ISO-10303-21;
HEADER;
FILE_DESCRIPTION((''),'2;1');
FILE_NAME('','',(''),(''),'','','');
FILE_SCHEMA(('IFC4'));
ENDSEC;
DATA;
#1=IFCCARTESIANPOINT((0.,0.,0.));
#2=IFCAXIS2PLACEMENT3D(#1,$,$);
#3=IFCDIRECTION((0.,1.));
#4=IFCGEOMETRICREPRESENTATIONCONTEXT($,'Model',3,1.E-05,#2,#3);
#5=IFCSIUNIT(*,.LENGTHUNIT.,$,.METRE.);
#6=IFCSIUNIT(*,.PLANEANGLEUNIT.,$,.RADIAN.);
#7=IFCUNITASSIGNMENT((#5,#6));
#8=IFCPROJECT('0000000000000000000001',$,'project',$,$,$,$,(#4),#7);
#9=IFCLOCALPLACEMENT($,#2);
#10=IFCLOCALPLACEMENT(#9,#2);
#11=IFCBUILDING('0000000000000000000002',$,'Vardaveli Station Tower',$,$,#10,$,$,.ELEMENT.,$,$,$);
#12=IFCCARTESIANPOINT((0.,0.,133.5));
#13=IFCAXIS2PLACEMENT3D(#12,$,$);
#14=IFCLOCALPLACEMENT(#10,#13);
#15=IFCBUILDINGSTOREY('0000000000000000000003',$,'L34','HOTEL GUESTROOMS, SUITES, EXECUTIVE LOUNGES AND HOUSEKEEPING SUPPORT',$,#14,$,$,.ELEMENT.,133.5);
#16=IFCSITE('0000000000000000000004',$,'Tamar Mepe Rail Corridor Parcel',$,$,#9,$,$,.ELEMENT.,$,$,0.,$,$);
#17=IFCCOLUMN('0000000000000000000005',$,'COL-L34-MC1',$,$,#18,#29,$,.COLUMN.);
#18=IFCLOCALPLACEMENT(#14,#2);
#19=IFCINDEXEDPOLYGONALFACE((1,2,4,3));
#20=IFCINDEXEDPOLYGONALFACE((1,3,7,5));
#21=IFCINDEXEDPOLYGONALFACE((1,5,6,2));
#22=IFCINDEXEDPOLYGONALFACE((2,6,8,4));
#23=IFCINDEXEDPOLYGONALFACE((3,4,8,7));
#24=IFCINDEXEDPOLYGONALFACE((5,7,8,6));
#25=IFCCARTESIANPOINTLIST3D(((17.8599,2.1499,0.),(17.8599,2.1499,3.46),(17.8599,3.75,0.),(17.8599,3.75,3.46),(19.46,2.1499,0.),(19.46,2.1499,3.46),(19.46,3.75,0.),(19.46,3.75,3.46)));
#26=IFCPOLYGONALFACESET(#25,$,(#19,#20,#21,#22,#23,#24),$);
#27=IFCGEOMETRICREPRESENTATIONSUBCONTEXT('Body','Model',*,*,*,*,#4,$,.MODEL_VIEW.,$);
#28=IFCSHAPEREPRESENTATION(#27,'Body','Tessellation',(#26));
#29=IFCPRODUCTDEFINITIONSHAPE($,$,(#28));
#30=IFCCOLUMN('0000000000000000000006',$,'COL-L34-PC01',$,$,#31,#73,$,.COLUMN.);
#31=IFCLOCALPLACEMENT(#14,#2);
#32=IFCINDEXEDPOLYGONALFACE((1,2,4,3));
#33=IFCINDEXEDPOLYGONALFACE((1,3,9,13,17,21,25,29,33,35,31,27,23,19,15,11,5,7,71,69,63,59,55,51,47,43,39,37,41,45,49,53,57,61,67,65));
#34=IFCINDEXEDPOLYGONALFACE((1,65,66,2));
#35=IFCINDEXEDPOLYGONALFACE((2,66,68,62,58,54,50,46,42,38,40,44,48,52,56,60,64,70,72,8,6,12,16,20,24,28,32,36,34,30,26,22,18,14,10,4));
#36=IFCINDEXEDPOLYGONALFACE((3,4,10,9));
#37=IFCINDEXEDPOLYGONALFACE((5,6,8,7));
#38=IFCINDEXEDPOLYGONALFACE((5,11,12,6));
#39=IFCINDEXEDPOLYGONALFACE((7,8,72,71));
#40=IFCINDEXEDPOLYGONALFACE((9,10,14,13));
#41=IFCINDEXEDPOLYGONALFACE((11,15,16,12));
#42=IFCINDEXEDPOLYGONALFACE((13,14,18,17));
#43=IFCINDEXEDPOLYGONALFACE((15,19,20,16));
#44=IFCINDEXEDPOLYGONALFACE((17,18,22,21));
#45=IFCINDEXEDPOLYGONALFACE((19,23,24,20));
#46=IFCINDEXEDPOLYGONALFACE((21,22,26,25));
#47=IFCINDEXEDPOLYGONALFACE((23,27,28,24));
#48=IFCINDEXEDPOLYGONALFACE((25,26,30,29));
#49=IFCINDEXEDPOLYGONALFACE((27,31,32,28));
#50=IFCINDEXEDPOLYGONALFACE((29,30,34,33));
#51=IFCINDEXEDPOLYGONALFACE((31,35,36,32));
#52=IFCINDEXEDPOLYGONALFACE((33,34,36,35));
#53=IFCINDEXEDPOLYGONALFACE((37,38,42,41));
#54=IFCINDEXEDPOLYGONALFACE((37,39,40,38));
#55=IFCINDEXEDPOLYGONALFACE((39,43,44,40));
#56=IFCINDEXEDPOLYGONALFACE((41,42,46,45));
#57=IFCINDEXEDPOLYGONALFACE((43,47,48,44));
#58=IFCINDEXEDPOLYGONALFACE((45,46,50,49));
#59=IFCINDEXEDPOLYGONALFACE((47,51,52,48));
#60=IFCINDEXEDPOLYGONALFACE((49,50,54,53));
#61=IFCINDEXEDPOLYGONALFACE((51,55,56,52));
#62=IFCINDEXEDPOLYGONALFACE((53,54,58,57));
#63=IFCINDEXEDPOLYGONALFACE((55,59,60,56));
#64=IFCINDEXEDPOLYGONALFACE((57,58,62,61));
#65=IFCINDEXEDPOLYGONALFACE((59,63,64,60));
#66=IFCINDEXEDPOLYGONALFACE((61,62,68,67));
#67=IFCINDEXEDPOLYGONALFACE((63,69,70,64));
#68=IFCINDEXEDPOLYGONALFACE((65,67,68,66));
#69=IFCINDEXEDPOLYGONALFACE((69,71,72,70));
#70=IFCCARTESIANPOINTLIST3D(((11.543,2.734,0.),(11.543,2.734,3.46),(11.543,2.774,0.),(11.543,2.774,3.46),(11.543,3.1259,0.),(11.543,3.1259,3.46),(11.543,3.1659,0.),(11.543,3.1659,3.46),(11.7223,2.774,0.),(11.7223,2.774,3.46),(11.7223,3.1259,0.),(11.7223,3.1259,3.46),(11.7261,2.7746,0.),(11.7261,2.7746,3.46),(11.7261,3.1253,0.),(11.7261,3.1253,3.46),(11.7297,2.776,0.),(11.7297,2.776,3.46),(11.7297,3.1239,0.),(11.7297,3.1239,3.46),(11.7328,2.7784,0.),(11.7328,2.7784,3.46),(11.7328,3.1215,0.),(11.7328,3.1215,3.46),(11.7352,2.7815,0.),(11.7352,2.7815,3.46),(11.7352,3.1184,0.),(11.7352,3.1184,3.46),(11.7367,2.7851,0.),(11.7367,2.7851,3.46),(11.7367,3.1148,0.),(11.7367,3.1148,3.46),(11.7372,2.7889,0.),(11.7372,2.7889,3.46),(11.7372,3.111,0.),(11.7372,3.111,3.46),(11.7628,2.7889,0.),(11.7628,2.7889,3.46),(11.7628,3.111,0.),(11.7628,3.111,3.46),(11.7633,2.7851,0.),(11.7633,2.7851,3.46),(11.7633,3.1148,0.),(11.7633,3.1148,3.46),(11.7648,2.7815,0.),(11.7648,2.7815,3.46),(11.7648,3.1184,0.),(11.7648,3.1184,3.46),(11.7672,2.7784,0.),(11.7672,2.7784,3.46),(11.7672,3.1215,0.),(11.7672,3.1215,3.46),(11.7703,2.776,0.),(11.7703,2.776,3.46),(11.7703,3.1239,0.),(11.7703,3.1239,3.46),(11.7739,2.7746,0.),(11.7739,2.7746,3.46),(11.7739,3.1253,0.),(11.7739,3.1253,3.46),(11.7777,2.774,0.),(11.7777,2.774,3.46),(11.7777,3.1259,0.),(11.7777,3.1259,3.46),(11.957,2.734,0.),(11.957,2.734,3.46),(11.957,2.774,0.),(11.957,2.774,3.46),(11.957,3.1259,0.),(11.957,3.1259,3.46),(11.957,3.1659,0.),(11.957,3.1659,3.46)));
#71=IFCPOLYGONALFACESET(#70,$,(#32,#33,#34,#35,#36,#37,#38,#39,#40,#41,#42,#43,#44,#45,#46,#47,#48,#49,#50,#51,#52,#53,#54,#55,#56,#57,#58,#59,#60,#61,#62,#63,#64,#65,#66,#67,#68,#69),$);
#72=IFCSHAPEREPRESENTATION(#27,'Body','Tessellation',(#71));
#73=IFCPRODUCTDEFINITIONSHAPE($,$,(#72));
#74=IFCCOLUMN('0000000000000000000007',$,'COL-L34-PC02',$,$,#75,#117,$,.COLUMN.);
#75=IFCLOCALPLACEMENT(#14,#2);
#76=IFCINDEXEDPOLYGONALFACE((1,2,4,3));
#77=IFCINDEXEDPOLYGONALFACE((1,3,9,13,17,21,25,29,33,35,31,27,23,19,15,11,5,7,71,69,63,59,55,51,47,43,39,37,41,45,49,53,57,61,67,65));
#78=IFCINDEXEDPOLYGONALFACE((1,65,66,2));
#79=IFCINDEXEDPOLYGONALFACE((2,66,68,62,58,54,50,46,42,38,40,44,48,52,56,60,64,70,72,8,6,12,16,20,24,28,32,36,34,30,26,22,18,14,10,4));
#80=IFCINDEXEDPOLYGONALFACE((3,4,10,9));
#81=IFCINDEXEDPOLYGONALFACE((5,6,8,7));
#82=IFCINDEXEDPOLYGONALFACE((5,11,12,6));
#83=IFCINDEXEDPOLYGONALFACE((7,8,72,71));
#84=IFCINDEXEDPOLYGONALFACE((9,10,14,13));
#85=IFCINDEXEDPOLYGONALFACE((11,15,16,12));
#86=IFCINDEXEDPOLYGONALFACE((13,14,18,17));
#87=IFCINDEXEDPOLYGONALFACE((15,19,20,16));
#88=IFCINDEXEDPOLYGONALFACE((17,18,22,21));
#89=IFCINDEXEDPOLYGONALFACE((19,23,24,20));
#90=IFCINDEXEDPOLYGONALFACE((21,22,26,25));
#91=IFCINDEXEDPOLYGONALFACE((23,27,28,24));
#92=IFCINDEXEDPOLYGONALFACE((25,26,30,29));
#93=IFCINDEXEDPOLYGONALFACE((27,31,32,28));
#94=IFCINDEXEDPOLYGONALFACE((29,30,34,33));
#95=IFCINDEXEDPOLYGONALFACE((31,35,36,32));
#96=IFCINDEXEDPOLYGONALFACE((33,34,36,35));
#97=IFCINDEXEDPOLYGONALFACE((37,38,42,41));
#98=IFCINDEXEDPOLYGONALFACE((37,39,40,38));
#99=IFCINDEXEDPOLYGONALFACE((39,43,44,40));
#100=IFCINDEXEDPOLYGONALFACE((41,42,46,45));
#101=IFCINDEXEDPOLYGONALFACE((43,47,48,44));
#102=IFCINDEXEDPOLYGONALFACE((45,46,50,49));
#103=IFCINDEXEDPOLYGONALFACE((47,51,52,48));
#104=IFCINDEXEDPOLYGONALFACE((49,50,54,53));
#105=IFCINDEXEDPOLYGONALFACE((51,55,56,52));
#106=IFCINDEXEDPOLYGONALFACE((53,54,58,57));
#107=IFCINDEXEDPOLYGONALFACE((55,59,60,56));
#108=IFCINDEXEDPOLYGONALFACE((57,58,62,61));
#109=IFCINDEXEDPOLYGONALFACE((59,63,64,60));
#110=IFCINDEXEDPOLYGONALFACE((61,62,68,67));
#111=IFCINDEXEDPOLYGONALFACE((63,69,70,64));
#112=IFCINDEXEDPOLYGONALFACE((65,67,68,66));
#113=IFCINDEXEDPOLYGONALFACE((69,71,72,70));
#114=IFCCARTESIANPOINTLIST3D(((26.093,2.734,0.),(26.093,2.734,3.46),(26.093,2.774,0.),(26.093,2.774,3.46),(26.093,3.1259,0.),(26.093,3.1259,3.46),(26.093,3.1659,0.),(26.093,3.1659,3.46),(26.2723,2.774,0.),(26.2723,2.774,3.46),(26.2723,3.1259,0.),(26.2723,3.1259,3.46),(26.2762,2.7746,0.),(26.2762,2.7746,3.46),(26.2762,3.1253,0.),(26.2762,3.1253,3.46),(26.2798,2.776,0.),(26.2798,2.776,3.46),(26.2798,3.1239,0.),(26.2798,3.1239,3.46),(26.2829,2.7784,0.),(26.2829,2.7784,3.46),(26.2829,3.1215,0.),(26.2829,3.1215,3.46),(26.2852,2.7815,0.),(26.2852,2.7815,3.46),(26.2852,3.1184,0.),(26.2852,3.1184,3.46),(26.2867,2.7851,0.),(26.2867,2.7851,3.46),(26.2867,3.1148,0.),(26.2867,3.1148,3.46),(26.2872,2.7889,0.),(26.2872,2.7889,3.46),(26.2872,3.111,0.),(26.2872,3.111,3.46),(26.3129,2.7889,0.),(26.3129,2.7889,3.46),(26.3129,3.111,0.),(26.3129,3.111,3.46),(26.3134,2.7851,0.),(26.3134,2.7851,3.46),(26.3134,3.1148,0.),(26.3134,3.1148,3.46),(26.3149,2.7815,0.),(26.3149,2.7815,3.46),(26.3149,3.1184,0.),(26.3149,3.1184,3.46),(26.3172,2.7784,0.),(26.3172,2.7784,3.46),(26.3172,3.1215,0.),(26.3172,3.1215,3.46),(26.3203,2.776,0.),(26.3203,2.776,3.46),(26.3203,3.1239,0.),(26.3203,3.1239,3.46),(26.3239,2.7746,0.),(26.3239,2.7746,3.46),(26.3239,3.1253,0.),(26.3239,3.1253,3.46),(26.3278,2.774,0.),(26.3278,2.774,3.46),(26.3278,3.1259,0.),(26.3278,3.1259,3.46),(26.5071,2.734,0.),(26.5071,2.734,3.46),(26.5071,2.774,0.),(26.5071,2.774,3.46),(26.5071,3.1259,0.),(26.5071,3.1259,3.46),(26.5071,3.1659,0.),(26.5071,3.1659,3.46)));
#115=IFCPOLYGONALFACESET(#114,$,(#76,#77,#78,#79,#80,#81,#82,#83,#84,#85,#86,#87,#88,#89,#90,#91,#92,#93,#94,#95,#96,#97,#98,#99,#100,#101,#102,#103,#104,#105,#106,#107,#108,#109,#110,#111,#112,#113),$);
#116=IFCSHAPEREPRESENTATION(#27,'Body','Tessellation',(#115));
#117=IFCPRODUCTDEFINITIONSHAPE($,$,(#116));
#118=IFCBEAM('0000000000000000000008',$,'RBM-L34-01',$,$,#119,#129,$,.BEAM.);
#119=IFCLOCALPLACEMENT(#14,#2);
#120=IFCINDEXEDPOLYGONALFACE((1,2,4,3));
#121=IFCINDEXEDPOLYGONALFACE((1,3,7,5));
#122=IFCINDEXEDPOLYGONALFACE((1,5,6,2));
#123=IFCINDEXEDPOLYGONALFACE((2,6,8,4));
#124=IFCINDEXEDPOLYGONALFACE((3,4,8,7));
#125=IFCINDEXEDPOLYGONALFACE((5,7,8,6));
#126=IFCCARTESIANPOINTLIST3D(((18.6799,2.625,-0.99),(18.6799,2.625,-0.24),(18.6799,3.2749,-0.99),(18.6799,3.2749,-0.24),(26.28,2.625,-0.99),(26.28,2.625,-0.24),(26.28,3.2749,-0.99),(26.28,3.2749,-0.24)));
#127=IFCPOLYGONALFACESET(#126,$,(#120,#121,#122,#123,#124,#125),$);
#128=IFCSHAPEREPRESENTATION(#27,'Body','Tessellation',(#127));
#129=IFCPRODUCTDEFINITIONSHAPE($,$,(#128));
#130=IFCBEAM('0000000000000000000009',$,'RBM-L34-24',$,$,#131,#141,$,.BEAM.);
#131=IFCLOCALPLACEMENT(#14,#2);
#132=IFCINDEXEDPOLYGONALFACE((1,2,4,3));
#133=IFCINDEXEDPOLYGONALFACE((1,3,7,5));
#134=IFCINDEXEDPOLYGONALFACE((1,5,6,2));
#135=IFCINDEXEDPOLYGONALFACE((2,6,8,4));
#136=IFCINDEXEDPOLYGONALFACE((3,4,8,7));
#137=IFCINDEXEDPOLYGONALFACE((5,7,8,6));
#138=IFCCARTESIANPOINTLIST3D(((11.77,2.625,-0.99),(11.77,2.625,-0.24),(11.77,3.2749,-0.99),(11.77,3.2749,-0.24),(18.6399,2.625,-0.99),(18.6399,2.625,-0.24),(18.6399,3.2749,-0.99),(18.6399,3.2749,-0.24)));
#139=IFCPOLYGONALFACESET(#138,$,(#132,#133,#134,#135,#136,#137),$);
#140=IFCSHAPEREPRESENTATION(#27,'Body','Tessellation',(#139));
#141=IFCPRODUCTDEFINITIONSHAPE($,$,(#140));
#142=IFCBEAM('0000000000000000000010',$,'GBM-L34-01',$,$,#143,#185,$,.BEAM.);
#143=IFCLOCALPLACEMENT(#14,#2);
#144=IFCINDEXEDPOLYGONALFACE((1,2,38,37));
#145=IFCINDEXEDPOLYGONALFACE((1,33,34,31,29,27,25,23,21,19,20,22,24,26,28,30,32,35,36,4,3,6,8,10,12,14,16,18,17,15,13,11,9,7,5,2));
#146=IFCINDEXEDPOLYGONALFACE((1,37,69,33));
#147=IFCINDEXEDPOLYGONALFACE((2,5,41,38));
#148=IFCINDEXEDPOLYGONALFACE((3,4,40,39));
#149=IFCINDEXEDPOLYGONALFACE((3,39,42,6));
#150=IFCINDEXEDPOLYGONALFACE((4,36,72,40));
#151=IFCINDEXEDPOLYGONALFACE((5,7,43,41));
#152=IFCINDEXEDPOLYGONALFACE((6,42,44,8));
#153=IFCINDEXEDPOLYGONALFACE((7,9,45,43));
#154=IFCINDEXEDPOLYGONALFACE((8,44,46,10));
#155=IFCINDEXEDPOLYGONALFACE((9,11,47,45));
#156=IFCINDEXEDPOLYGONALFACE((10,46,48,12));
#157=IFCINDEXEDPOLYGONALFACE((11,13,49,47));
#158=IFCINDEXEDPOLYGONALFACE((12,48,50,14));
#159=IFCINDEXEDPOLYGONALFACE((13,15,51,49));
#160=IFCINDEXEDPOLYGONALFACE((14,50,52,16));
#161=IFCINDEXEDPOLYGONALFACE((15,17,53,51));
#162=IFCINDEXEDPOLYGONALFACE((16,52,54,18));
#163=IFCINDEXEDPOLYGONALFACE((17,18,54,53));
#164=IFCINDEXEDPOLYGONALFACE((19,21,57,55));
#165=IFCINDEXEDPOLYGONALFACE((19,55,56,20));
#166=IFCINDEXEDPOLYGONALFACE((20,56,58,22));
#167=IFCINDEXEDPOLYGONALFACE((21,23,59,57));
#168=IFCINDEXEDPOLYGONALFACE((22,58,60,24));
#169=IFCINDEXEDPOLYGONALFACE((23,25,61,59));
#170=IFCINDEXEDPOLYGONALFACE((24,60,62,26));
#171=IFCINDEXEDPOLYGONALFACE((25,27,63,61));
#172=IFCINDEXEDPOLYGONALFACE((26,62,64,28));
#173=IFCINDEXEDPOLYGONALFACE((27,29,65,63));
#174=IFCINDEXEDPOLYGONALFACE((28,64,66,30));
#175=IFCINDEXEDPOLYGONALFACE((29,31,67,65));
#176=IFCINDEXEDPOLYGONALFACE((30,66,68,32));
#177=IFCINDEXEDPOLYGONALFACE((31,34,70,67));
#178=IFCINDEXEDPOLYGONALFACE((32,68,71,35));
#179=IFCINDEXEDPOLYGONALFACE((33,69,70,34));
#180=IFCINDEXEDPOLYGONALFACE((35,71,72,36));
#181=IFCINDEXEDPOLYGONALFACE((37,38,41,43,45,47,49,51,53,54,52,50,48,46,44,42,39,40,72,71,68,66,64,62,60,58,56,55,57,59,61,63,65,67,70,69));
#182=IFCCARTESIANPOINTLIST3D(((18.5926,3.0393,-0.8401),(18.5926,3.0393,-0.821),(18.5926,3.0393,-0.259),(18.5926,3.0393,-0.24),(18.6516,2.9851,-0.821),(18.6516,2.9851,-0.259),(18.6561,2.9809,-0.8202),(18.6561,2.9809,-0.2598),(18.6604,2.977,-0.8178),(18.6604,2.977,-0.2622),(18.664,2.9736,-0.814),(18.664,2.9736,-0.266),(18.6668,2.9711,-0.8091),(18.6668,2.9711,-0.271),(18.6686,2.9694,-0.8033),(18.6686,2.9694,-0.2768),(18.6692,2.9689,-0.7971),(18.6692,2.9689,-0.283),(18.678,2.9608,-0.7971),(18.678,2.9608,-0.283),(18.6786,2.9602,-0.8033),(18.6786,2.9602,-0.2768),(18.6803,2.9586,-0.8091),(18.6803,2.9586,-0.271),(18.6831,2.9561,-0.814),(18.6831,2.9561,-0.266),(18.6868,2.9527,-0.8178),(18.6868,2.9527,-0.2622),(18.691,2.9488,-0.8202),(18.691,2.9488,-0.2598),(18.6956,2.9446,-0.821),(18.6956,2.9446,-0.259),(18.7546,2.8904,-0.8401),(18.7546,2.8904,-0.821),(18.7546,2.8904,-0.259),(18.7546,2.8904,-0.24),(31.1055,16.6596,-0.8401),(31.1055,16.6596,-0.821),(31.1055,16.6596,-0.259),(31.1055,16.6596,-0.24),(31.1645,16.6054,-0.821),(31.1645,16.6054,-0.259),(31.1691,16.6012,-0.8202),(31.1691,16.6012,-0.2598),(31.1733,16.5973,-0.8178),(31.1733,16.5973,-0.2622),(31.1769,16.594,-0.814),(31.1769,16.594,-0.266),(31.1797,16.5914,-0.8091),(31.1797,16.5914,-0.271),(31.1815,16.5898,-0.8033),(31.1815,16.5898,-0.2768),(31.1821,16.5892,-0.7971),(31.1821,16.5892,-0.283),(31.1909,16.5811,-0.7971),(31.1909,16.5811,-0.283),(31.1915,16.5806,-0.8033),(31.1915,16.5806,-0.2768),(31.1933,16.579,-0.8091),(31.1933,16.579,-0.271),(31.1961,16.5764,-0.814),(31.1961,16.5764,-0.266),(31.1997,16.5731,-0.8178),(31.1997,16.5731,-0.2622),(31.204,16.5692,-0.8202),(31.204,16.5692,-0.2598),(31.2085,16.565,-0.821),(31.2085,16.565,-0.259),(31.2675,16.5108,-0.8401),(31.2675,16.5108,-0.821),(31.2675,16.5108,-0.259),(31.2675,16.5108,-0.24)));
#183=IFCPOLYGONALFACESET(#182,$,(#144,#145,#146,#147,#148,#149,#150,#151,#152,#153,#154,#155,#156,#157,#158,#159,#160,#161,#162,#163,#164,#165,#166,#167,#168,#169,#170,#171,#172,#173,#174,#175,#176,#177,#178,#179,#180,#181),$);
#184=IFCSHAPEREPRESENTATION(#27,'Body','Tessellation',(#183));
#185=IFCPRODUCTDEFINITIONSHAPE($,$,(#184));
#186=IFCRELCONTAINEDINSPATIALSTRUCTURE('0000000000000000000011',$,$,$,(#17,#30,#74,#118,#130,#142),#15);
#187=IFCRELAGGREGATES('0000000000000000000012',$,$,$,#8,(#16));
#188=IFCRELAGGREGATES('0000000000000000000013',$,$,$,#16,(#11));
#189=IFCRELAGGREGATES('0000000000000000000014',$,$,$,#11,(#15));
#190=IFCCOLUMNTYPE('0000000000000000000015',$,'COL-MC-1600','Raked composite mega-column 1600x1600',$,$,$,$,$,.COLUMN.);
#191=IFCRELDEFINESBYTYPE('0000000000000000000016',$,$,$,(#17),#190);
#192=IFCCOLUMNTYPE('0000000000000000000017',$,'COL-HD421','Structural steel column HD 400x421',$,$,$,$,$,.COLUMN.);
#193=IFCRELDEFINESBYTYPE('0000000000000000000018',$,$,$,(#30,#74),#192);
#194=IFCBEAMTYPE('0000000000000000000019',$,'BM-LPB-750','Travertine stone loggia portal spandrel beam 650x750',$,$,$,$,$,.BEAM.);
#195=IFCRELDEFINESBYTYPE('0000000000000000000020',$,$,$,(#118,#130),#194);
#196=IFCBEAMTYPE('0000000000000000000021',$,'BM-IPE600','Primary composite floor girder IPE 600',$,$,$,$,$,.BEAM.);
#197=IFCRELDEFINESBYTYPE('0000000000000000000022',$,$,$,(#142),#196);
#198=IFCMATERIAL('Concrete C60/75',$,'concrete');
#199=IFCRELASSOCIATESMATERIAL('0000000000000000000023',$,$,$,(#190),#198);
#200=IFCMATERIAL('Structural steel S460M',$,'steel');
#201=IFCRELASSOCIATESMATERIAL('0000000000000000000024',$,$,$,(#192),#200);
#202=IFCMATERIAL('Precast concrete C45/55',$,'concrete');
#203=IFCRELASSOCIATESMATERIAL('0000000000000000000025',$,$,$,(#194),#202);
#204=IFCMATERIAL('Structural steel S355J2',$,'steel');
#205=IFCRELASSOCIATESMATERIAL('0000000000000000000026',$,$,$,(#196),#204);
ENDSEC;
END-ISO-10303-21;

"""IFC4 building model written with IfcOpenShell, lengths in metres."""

from ifc_helpers import new_model, si_unit, direction, frame, origin, origin_2d, place, context, subcontext, project, spatial, rectangle, i_section, extrude, source, transform, mapped, material, material_profile, profile_set, type_object, element, save


model = new_model("IFC4")

# Units and contexts
model_context = context("Model", 3, precision=1e-05, world=origin(), true_north=direction((0.0, 1.0)))
body_context = subcontext(model_context, "Body", "Model", "MODEL_VIEW")
ifc_project = project(units=[si_unit("LENGTHUNIT", "METRE"), si_unit("PLANEANGLEUNIT", "RADIAN")], contexts=[model_context])

# Site, building, storey
site_placement = place(None, origin())
site = spatial("IfcSite", under=ifc_project, at=site_placement, Name="Tamar Mepe Rail Corridor Parcel", CompositionType="ELEMENT", RefElevation=0.0)
building_placement = place(site_placement, origin())
building = spatial("IfcBuilding", under=site, at=building_placement, Name="Vardaveli Station Tower", CompositionType="ELEMENT")
storey_placement = place(building_placement, frame((0.0, 0.0, 133.5)))
storey = spatial("IfcBuildingStorey", under=building, at=storey_placement, Name="L34", Description="HOTEL GUESTROOMS, SUITES, EXECUTIVE LOUNGES AND HOUSEKEEPING SUPPORT", CompositionType="ELEMENT", Elevation=133.5)

# Columns
ifc_material_1 = material(Name="Concrete C60/75", Category="concrete")
ifc_material_profile_1 = material_profile(ifc_material_1, rectangle(XDim=1.6001, YDim=1.6001, at=origin_2d()), Name="MC 1600x1600")
ifc_profile_set_1 = profile_set([ifc_material_profile_1], Name="Concrete C60/75")
column_type_1 = type_object("IfcColumnType", Name="COL-MC-1600", Description="Raked composite mega-column 1600x1600", PredefinedType="COLUMN", material=ifc_profile_set_1)
shared_shape_1 = source(origin(), body_context, "Body", "SweptSolid", [
    extrude(rectangle(XDim=1.6001, YDim=1.6001, at=origin_2d()), origin(), (0.0, 0.0, 1.0), 3.46),
])
column_placement = place(storey_placement, frame((18.6599, 2.95, 0.0), z_axis=(0.0, 0.0, 1.0), x_axis=(1.0, 0.0, 0.0)))
element("IfcColumn", 1, at=column_placement, inside=storey, type_object=column_type_1, Name="COL-L34-MC1", PredefinedType="COLUMN", context=body_context, shape_type="MappedRepresentation", body=[
    mapped(shared_shape_1, transform((0.0, 0.0, 0.0), scale=1.0)),
])
ifc_material_2 = material(Name="Structural steel S460M", Category="steel")
ifc_material_profile_2 = material_profile(ifc_material_2, i_section(OverallWidth=0.4141, OverallDepth=0.4319, WebThickness=0.0256, FlangeThickness=0.04, FilletRadius=0.0149, at=origin_2d()), Name="HD 400x421")
ifc_profile_set_2 = profile_set([ifc_material_profile_2], Name="Structural steel S460M")
column_type_2 = type_object("IfcColumnType", Name="COL-HD421", Description="Structural steel column HD 400x421", PredefinedType="COLUMN", material=ifc_profile_set_2)
shared_shape_2 = source(origin(), body_context, "Body", "SweptSolid", [
    extrude(i_section(OverallWidth=0.4141, OverallDepth=0.4319, WebThickness=0.0256, FlangeThickness=0.04, FilletRadius=0.0149, at=origin_2d()), origin(), (0.0, 0.0, 1.0), 3.46),
])
for number, where, z_axis, x_axis, name in (
    (2, (11.75, 2.95, 0.0), (0.0, 0.0, 1.0), (1.0, 0.0, 0.0), "COL-L34-PC01"),
    (3, (26.3, 2.95, 0.0), (0.0, 0.0, 1.0), (1.0, 0.0, 0.0), "COL-L34-PC02"),
):
    element("IfcColumn", number, at=place(storey_placement, frame(where, z_axis=z_axis, x_axis=x_axis)), inside=storey, type_object=column_type_2, Name=name, PredefinedType="COLUMN", context=body_context, shape_type="MappedRepresentation", body=[
        mapped(shared_shape_2, transform((0.0, 0.0, 0.0), scale=1.0)),
    ])

# Beams
ifc_material_3 = material(Name="Precast concrete C45/55", Category="concrete")
ifc_material_profile_3 = material_profile(ifc_material_3, rectangle(XDim=0.6499, YDim=0.75, at=origin_2d()), Name="LPB 650x750")
ifc_profile_set_3 = profile_set([ifc_material_profile_3], Name="Precast concrete C45/55")
beam_type_1 = type_object("IfcBeamType", Name="BM-LPB-750", Description="Travertine stone loggia portal spandrel beam 650x750", PredefinedType="BEAM", material=ifc_profile_set_3)
shared_shape_3 = source(origin(), body_context, "Body", "SweptSolid", [
    extrude(rectangle(XDim=0.6499, YDim=0.75, at=origin_2d()), origin(), (0.0, 0.0, 1.0), 7.6001),
])
beam_1_placement = place(storey_placement, frame((18.6799, 2.95, -0.615), z_axis=(1.0, 0.0, 0.0), x_axis=(0.0, 1.0, 0.0)))
element("IfcBeam", 4, at=beam_1_placement, inside=storey, type_object=beam_type_1, Name="RBM-L34-01", PredefinedType="BEAM", context=body_context, shape_type="MappedRepresentation", body=[
    mapped(shared_shape_3, transform((0.0, 0.0, 0.0), scale=1.0)),
])
shared_shape_4 = source(origin(), body_context, "Body", "SweptSolid", [
    extrude(rectangle(XDim=0.6499, YDim=0.75, at=origin_2d()), origin(), (0.0, 0.0, 1.0), 6.8699),
])
beam_2_placement = place(storey_placement, frame((11.77, 2.95, -0.615), z_axis=(1.0, 0.0, 0.0), x_axis=(0.0, 1.0, 0.0)))
element("IfcBeam", 5, at=beam_2_placement, inside=storey, type_object=beam_type_1, Name="RBM-L34-24", PredefinedType="BEAM", context=body_context, shape_type="MappedRepresentation", body=[
    mapped(shared_shape_4, transform((0.0, 0.0, 0.0), scale=1.0)),
])
ifc_material_4 = material(Name="Structural steel S355J2", Category="steel")
ifc_material_profile_4 = material_profile(ifc_material_4, i_section(OverallWidth=0.22, OverallDepth=0.6001, WebThickness=0.012, FlangeThickness=0.019, FilletRadius=0.0239, at=origin_2d()), Name="IPE 600")
ifc_profile_set_4 = profile_set([ifc_material_profile_4], Name="Structural steel S355J2")
beam_type_2 = type_object("IfcBeamType", Name="BM-IPE600", Description="Primary composite floor girder IPE 600", PredefinedType="BEAM", material=ifc_profile_set_4)
shared_shape_5 = source(origin(), body_context, "Body", "SweptSolid", [
    extrude(i_section(OverallWidth=0.22, OverallDepth=0.6001, WebThickness=0.012, FlangeThickness=0.019, FilletRadius=0.0239, at=origin_2d()), origin(), (0.0, 0.0, 1.0), 18.4956),
])
beam_3_placement = place(storey_placement, frame((18.6736, 2.9648, -0.54), z_axis=(0.676535, 0.73641, 0.0), x_axis=(-0.73641, 0.676535, 0.0)))
element("IfcBeam", 6, at=beam_3_placement, inside=storey, type_object=beam_type_2, Name="GBM-L34-01", PredefinedType="BEAM", context=body_context, shape_type="MappedRepresentation", body=[
    mapped(shared_shape_5, transform((0.0, 0.0, 0.0), scale=1.0)),
])

save(model, "model.ifc")
